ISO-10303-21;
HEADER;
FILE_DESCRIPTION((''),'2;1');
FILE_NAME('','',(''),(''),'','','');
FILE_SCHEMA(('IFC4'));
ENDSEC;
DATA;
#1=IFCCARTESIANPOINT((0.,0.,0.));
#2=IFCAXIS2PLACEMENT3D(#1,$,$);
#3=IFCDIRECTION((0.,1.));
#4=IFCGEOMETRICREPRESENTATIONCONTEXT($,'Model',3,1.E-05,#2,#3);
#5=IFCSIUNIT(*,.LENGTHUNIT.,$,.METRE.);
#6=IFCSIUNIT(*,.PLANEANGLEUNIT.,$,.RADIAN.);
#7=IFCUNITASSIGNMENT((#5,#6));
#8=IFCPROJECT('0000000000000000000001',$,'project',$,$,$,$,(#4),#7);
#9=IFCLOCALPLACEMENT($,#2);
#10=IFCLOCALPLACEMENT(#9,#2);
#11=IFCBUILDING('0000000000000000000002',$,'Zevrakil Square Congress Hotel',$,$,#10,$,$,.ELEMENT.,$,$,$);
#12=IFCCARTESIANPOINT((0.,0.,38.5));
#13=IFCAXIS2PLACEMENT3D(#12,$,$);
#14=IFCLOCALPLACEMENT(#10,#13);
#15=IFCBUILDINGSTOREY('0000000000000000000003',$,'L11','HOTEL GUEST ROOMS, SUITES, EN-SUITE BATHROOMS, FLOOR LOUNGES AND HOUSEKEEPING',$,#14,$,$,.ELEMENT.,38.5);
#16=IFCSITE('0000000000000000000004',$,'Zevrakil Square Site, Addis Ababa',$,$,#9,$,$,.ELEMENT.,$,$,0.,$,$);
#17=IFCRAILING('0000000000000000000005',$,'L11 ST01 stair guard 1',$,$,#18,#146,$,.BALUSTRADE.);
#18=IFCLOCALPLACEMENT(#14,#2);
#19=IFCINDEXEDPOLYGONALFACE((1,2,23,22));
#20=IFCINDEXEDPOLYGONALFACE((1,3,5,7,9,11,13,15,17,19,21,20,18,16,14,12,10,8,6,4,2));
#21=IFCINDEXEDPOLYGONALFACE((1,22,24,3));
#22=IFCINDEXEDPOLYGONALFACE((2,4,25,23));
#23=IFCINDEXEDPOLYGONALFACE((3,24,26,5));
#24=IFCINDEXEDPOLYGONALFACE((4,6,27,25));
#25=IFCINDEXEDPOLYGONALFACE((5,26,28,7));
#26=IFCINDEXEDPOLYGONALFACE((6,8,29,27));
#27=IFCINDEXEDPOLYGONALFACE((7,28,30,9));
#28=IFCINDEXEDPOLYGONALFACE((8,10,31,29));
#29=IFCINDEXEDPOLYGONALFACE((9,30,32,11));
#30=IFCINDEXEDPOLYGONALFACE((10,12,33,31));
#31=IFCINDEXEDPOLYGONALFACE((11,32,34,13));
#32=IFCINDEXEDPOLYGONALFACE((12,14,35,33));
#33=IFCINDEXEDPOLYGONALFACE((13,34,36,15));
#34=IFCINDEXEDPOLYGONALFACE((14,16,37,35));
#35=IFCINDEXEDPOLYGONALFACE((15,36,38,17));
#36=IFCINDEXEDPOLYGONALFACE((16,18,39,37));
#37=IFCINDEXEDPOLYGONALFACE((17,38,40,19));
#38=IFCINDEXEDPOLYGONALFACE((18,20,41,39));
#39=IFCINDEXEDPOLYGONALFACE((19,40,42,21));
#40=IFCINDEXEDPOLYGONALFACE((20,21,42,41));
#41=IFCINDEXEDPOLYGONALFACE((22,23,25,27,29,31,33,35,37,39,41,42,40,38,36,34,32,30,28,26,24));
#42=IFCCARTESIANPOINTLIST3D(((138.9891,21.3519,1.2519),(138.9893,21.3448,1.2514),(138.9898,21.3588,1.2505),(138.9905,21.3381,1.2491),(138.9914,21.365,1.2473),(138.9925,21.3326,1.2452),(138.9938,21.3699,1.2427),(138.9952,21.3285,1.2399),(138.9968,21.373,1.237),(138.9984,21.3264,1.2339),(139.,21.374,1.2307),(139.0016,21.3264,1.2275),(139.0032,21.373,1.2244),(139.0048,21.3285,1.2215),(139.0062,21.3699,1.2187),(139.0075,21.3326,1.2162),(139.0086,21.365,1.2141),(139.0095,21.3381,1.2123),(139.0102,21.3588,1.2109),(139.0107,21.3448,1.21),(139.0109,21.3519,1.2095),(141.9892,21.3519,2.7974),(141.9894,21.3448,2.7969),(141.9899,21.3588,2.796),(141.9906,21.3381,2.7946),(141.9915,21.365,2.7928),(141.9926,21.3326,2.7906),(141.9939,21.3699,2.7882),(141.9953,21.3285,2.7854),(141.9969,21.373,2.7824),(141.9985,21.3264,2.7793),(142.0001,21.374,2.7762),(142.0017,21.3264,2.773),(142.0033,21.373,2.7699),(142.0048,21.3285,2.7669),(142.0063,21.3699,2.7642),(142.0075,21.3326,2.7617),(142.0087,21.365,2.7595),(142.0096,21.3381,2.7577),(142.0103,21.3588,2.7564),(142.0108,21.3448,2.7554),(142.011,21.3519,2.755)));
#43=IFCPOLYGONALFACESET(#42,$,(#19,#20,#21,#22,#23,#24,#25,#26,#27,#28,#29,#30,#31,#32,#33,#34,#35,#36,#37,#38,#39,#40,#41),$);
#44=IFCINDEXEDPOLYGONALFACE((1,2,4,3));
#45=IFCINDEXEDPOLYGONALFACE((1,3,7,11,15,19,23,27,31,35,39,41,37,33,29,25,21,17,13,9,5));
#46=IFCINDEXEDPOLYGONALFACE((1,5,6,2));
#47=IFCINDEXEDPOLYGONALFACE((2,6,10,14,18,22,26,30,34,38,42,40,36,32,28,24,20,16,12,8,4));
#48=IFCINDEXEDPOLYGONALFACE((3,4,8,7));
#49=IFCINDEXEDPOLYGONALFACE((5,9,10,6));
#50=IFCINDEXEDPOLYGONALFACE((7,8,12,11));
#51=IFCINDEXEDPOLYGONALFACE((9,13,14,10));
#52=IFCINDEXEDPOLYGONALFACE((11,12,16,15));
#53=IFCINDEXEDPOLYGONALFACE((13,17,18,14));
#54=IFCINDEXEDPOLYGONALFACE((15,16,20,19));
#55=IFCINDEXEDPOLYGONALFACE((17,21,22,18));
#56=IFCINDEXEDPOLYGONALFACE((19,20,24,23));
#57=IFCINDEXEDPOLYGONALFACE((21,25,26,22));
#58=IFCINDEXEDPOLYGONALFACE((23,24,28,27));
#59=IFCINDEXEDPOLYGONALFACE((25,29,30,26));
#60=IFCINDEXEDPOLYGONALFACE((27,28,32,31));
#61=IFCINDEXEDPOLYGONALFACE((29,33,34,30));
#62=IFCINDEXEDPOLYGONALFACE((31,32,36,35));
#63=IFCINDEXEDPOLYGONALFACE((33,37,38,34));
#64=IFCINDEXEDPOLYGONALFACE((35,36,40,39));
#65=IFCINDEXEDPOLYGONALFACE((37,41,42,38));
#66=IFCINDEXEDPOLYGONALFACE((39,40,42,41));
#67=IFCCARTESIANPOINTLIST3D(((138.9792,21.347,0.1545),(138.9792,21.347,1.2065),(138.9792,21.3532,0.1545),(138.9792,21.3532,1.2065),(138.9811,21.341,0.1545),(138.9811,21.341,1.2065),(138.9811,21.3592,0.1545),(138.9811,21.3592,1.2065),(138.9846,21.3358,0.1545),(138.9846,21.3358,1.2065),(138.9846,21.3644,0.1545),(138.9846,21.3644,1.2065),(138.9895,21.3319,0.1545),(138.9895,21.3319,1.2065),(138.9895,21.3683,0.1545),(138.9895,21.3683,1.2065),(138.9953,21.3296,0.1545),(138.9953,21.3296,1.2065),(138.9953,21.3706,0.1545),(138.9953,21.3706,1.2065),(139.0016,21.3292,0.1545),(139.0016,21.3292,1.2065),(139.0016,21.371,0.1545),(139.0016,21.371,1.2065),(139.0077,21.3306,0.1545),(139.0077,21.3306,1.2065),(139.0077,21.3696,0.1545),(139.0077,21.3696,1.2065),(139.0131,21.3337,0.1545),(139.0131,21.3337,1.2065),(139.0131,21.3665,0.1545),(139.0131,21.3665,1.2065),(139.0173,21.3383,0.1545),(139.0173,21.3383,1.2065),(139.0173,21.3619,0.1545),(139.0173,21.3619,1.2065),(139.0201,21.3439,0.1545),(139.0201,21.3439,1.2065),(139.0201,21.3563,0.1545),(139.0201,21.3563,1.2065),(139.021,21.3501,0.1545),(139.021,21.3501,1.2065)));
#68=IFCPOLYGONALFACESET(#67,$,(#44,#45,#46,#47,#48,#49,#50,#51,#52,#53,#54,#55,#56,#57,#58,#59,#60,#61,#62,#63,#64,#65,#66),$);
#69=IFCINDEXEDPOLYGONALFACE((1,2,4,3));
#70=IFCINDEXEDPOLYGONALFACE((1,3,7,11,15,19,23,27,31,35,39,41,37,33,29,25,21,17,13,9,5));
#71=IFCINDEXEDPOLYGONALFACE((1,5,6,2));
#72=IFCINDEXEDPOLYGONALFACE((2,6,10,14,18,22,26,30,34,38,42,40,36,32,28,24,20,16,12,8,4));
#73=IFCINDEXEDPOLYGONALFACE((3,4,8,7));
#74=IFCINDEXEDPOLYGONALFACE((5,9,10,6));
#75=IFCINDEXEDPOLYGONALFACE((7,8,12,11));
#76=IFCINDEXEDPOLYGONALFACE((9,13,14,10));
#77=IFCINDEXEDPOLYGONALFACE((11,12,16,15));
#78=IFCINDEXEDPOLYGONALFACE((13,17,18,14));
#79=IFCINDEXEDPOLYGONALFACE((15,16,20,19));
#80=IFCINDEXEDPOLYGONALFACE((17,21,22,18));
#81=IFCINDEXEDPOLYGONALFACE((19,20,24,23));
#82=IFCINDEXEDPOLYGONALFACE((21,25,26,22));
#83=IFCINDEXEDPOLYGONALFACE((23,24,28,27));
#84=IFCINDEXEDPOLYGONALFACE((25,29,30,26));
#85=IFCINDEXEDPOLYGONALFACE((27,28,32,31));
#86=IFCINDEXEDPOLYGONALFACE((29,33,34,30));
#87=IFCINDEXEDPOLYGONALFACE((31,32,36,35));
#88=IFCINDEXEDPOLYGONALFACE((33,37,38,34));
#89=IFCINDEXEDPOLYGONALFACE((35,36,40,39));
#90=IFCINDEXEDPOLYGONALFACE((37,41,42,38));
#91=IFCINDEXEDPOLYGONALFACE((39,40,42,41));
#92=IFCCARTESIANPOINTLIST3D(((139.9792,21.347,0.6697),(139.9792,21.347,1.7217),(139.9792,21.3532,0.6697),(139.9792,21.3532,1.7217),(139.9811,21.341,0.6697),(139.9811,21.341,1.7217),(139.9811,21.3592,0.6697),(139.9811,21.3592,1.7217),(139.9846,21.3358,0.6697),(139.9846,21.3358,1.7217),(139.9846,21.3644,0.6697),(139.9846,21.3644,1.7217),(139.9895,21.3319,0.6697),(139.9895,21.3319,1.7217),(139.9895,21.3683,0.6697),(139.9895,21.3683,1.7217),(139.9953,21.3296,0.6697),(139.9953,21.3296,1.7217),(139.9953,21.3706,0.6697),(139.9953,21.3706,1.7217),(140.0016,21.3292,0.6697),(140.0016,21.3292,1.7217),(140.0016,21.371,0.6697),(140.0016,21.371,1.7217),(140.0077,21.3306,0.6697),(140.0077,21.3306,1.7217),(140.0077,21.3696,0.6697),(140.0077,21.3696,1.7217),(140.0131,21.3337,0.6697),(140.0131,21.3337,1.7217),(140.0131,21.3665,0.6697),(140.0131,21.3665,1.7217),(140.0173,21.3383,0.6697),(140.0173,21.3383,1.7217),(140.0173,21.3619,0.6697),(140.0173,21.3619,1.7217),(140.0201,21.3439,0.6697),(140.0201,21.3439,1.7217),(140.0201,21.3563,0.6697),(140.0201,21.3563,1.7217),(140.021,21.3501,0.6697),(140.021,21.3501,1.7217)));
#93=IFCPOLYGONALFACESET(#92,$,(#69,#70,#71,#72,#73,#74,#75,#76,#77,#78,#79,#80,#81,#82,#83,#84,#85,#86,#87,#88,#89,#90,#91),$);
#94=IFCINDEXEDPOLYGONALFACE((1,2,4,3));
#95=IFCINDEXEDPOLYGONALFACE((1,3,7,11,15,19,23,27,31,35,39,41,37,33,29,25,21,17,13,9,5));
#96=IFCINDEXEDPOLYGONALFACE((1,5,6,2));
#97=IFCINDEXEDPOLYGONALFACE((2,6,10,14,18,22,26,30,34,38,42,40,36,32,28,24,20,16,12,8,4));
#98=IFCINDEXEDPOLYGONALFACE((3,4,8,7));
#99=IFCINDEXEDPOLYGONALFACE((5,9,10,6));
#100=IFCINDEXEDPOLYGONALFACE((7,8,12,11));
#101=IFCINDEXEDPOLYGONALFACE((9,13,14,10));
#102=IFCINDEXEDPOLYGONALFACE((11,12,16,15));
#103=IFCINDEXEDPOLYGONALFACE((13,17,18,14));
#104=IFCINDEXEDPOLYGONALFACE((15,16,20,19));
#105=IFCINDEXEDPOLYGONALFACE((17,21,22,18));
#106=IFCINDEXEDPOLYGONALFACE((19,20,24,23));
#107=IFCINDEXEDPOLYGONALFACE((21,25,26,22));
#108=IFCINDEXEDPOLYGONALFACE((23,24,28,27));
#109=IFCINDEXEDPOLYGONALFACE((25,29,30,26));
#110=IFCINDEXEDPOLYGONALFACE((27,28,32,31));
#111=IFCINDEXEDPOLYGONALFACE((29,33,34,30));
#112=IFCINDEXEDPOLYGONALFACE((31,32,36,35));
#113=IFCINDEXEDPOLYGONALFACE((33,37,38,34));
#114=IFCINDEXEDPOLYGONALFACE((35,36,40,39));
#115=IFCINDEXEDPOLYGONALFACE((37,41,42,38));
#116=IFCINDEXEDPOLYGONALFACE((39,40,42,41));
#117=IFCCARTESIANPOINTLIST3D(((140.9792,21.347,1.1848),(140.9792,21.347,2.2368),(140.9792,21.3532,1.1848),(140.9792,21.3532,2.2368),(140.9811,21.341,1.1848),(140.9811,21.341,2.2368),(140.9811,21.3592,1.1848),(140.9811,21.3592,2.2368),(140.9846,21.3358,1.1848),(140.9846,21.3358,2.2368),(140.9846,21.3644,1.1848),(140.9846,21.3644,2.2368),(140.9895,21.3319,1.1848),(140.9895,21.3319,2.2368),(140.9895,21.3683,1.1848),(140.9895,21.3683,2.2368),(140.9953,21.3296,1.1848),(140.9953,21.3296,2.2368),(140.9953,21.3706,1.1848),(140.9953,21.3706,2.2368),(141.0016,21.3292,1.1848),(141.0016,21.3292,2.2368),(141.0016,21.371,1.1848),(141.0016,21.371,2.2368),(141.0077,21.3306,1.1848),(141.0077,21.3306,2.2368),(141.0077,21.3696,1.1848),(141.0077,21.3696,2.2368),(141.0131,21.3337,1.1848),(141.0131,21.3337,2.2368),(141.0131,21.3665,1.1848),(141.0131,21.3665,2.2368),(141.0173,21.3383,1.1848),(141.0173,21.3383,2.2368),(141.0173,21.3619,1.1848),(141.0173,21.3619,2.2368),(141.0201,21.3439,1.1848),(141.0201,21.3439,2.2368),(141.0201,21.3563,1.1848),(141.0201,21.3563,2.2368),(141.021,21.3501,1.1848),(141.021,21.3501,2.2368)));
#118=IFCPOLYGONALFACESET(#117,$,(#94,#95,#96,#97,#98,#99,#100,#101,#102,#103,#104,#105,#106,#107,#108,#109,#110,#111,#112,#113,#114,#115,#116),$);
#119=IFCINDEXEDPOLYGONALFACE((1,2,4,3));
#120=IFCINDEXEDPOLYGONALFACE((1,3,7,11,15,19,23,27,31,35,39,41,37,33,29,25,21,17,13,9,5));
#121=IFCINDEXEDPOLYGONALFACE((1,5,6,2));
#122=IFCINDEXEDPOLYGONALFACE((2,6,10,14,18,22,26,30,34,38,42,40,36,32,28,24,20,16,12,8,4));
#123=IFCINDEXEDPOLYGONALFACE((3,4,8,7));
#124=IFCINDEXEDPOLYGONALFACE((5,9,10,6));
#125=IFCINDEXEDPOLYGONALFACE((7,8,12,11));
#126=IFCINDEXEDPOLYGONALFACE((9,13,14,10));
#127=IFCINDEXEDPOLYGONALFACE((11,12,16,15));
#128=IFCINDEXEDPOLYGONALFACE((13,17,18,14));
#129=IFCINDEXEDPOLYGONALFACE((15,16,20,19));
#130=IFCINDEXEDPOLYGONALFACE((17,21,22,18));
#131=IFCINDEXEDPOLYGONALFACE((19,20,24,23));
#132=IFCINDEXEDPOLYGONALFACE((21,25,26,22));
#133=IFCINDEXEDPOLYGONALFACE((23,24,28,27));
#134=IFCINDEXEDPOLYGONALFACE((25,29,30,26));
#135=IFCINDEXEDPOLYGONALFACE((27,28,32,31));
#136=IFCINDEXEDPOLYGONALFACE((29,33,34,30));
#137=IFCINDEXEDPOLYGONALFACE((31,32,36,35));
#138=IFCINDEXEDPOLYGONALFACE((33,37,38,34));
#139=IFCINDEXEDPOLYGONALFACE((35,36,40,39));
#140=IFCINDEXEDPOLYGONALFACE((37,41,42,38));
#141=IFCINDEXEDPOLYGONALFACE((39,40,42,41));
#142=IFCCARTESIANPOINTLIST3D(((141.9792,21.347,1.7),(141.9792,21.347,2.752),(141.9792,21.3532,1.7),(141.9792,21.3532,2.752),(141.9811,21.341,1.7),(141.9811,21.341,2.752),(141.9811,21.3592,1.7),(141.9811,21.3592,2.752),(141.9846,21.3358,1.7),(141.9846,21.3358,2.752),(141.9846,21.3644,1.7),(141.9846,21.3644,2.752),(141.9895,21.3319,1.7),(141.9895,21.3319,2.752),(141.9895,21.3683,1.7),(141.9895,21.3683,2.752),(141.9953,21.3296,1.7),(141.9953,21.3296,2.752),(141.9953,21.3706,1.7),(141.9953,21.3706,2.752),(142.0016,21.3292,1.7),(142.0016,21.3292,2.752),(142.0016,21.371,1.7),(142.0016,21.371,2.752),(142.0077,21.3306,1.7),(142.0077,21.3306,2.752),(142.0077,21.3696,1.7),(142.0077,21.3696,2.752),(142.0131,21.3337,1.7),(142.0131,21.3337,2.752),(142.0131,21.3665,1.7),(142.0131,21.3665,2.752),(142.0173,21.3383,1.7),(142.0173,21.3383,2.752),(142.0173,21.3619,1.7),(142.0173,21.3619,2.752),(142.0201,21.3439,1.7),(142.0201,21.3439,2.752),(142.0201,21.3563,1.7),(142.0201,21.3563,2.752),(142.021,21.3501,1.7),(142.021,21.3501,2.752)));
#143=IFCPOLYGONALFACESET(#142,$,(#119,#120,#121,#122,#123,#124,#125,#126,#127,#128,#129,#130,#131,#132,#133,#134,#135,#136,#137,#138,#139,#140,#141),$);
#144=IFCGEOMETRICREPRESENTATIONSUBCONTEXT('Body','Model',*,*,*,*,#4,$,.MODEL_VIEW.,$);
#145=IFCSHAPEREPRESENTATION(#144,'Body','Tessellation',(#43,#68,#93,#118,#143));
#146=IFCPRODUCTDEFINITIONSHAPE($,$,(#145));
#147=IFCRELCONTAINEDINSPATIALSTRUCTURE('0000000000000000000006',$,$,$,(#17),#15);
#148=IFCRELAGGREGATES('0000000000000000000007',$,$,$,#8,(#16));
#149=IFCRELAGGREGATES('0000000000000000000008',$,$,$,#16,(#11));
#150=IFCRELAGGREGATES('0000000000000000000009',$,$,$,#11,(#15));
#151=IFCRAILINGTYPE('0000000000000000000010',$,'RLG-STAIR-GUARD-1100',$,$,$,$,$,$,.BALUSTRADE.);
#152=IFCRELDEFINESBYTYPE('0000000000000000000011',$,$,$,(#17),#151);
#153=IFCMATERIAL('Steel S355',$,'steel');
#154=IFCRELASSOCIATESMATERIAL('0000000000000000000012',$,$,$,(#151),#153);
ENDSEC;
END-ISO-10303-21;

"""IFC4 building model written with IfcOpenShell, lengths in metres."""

from ifc_helpers import new_model, si_unit, direction, frame, origin, origin_2d, place, context, subcontext, project, spatial, circle, extrude, material, type_object, element, save


model = new_model("IFC4")

# Units and contexts
model_context = context("Model", 3, precision=1e-05, world=origin(), true_north=direction((0.0, 1.0)))
body_context = subcontext(model_context, "Body", "Model", "MODEL_VIEW")
ifc_project = project(units=[si_unit("LENGTHUNIT", "METRE"), si_unit("PLANEANGLEUNIT", "RADIAN")], contexts=[model_context])

# Site, building, storey
site_placement = place(None, origin())
site = spatial("IfcSite", under=ifc_project, at=site_placement, Name="Zevrakil Square Site, Addis Ababa", CompositionType="ELEMENT", RefElevation=0.0)
building_placement = place(site_placement, origin())
building = spatial("IfcBuilding", under=site, at=building_placement, Name="Zevrakil Square Congress Hotel", CompositionType="ELEMENT")
storey_placement = place(building_placement, frame((0.0, 0.0, 38.5)))
storey = spatial("IfcBuildingStorey", under=building, at=storey_placement, Name="L11", Description="HOTEL GUEST ROOMS, SUITES, EN-SUITE BATHROOMS, FLOOR LOUNGES AND HOUSEKEEPING", CompositionType="ELEMENT", Elevation=38.5)

# Railing
ifc_material_1 = material(Name="Steel S355", Category="steel")
railing_type_1 = type_object("IfcRailingType", Name="RLG-STAIR-GUARD-1100", PredefinedType="BALUSTRADE", material=ifc_material_1)
railing_1_placement = place(storey_placement, frame((139.0, 21.3501, 0.1545)))
element("IfcRailing", 1, at=railing_1_placement, inside=storey, type_object=railing_type_1, Name="L11 ST01 stair guard 1", PredefinedType="BALUSTRADE", context=body_context, shape_type="SweptSolid", body=[
    extrude(circle(Radius=0.0239, at=origin_2d()), frame((0.0, 0.0, 1.0762), z_axis=(0.88898, 0.0, 0.457946), x_axis=(0.0, 1.0, 0.0)), (0.0, 0.0, 1.0), 3.3748),
    extrude(circle(Radius=0.021, at=origin_2d()), origin(), (0.0, 0.0, 1.0), 1.052),
    extrude(circle(Radius=0.021, at=origin_2d()), frame((1.0, 0.0, 0.5151)), (0.0, 0.0, 1.0), 1.052),
    extrude(circle(Radius=0.021, at=origin_2d()), frame((2.0, 0.0, 1.0303)), (0.0, 0.0, 1.0), 1.052),
    extrude(circle(Radius=0.021, at=origin_2d()), frame((3.0, 0.0, 1.5454)), (0.0, 0.0, 1.0), 1.052),
])

save(model, "model.ifc")
